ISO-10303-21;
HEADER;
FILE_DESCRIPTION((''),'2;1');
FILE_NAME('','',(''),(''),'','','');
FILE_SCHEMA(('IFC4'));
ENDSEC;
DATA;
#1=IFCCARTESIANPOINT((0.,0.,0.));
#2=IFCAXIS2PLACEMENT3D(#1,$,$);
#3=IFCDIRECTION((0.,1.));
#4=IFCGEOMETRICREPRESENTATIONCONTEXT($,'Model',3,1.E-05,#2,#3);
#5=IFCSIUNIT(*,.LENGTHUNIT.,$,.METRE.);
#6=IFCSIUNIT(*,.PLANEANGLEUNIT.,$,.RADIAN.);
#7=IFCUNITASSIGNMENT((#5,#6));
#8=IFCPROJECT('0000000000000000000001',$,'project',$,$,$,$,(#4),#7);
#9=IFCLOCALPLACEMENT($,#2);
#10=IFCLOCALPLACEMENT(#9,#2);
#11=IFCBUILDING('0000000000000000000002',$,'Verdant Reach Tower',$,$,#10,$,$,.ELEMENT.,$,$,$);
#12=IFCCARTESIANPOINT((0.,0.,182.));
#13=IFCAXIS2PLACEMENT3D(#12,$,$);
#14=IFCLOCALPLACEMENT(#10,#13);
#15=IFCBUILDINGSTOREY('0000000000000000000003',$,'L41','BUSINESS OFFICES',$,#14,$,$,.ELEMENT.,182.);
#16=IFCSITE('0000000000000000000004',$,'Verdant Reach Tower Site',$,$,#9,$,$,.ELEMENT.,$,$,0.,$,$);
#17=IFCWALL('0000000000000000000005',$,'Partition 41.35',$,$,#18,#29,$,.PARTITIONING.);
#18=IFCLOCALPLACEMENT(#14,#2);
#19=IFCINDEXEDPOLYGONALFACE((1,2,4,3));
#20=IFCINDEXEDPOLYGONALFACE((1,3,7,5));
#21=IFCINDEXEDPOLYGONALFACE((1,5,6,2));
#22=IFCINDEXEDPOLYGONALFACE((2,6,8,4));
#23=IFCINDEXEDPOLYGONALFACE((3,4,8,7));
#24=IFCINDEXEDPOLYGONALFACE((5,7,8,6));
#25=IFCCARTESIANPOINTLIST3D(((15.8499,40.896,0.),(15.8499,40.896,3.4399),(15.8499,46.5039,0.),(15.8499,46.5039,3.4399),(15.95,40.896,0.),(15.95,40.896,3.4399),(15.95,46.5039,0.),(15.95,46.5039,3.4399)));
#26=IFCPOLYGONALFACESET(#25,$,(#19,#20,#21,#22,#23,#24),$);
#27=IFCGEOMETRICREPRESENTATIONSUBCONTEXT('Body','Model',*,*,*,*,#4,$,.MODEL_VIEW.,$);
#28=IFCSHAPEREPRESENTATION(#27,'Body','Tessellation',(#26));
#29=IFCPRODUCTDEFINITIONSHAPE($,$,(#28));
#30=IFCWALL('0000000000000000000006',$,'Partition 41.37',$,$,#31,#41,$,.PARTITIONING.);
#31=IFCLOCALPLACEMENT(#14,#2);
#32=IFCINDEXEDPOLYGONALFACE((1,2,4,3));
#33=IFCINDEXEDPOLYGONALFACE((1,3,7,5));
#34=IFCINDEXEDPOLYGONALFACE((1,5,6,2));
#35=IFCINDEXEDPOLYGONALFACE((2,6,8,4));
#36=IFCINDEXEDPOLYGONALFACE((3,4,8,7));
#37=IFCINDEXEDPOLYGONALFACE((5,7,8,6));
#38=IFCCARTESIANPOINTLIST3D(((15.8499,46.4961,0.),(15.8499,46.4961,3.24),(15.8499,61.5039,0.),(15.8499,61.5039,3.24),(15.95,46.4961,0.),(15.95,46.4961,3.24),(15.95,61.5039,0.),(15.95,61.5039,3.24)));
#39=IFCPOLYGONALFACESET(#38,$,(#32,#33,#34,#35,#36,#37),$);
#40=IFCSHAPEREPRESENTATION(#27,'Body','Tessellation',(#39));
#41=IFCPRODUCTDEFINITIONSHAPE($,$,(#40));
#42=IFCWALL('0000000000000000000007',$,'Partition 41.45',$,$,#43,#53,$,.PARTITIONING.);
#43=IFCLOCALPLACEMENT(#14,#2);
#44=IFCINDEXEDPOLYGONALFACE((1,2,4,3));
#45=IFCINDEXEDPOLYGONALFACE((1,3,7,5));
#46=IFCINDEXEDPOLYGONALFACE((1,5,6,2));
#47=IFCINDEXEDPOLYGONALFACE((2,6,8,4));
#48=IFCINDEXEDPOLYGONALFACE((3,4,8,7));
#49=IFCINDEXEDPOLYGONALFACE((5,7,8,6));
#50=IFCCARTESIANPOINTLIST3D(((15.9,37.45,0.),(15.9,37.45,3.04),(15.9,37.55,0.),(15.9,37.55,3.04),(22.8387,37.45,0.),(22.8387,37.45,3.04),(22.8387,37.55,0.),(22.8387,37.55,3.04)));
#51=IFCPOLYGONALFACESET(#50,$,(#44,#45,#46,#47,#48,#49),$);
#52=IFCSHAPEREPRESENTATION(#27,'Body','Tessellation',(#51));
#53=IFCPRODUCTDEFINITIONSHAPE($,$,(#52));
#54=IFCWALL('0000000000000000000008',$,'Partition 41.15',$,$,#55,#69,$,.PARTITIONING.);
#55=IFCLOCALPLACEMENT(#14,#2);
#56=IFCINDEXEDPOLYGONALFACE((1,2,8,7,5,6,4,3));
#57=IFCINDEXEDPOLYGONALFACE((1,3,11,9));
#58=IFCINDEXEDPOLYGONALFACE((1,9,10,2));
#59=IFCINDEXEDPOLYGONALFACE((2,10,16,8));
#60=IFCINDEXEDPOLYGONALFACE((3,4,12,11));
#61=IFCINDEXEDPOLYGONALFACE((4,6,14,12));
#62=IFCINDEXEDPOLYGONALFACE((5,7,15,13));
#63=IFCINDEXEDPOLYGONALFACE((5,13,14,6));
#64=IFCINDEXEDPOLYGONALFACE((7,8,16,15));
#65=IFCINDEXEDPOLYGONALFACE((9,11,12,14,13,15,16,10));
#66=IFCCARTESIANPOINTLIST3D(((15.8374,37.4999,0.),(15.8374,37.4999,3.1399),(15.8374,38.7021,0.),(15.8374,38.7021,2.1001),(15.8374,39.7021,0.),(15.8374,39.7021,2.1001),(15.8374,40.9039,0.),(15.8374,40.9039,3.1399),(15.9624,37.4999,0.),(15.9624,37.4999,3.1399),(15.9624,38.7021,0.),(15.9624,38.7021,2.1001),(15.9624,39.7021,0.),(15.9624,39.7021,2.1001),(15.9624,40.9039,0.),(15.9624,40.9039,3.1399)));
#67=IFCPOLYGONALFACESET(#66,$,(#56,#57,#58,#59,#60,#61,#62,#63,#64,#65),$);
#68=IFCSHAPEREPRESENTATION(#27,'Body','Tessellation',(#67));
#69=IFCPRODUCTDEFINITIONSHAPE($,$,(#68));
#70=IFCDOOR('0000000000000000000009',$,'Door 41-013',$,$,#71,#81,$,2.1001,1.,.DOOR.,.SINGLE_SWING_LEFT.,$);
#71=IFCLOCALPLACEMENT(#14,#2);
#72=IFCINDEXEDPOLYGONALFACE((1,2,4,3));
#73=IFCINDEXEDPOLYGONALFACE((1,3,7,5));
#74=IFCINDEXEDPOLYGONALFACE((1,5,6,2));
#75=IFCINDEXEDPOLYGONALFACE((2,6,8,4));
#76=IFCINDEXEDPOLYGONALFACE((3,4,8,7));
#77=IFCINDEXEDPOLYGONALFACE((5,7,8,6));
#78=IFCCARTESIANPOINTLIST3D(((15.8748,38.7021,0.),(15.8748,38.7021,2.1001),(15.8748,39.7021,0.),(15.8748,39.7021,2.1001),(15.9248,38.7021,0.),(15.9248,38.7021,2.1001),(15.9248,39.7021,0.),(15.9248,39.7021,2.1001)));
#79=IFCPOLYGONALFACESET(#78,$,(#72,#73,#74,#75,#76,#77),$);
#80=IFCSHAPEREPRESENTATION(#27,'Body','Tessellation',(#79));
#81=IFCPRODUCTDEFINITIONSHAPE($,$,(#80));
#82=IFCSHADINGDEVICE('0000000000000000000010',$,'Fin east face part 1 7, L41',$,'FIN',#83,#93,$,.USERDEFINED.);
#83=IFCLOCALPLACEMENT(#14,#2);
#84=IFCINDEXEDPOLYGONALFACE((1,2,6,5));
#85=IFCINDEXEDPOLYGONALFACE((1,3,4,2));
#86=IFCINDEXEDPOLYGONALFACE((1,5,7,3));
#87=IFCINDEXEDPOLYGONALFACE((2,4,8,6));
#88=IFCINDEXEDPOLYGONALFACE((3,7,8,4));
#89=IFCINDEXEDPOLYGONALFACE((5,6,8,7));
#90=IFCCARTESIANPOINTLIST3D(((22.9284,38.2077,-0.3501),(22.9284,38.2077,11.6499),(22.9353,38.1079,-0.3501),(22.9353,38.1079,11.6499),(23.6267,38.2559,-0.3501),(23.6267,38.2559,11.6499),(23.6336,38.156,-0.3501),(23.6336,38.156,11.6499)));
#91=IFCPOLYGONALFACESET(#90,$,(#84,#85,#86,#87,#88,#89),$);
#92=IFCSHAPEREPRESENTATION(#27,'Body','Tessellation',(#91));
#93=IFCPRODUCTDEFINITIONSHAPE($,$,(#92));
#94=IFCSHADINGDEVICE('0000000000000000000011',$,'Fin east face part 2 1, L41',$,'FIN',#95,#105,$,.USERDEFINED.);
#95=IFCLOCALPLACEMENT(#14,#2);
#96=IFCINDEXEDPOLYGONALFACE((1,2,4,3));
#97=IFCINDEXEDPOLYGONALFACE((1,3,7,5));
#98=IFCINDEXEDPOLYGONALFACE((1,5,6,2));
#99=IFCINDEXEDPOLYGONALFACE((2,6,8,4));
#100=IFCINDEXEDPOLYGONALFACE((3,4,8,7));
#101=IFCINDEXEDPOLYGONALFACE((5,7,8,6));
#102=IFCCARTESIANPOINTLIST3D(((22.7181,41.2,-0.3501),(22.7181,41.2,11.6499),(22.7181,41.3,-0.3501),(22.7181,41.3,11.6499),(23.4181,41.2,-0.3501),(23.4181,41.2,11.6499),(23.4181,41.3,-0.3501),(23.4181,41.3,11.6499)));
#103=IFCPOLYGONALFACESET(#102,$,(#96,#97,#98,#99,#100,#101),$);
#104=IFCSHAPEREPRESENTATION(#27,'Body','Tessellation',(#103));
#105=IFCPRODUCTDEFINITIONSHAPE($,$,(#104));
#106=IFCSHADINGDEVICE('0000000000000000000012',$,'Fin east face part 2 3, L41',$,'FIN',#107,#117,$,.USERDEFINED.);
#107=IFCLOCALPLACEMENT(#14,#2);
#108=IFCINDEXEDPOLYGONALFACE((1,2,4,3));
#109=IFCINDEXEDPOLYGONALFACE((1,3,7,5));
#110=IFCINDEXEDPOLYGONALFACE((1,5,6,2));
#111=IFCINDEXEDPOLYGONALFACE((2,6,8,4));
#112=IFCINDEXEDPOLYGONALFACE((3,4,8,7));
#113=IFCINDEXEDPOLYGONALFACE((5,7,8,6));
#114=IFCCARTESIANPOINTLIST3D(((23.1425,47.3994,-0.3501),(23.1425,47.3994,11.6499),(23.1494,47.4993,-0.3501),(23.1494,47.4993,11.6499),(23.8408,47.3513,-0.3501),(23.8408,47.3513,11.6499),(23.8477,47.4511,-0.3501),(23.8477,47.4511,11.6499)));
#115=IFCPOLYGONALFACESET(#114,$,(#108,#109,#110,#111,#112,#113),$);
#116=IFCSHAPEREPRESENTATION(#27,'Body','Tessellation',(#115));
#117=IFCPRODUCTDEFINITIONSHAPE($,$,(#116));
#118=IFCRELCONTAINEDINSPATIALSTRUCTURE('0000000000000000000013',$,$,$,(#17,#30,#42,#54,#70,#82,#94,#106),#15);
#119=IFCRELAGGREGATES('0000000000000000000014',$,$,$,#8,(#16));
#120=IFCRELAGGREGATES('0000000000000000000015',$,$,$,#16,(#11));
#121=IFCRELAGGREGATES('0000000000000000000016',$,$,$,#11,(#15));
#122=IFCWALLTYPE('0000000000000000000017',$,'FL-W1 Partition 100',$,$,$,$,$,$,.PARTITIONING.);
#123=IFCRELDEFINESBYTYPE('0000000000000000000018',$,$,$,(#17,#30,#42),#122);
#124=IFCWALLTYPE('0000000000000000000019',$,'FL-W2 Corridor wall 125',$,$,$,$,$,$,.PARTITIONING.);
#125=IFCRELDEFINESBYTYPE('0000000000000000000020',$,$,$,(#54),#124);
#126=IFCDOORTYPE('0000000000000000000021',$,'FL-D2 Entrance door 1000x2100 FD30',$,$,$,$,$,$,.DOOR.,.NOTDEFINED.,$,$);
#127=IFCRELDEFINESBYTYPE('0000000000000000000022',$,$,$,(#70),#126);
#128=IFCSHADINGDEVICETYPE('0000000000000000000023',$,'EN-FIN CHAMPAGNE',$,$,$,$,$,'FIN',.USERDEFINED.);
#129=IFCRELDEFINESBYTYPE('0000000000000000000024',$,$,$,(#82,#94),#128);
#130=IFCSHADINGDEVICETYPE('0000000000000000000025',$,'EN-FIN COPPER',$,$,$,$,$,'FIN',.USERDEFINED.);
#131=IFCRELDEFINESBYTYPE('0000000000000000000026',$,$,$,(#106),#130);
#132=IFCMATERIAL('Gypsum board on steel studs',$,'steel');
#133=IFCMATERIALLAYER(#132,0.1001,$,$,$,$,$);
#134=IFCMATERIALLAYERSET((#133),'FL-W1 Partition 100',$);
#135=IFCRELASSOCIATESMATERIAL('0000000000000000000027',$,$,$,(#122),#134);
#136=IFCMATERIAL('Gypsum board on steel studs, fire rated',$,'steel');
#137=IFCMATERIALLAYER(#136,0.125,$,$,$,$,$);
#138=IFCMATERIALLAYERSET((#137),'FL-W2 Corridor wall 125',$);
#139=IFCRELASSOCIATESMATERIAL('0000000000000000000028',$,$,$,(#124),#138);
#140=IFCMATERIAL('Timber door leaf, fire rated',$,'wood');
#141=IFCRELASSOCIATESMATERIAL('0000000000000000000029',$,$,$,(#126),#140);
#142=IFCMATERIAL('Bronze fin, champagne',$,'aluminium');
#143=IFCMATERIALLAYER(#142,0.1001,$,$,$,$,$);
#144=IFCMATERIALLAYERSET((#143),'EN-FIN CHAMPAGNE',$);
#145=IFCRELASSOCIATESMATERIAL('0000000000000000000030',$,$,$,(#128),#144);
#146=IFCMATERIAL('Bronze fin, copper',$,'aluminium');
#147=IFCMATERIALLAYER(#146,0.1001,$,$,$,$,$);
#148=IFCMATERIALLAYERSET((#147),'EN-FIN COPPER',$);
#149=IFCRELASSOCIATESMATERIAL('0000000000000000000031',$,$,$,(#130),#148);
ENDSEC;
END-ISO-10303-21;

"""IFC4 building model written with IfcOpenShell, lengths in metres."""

from ifc_helpers import new_model, si_unit, direction, frame, frame_2d, origin, origin_2d, place, context, subcontext, project, spatial, rectangle, extrude, material, layer, layer_set, type_object, element, fill, save


model = new_model("IFC4")

# Units and contexts
model_context = context("Model", 3, precision=1e-05, world=origin(), true_north=direction((0.0, 1.0)))
body_context = subcontext(model_context, "Body", "Model", "MODEL_VIEW")
ifc_project = project(units=[si_unit("LENGTHUNIT", "METRE"), si_unit("PLANEANGLEUNIT", "RADIAN")], contexts=[model_context])

# Site, building, storey
site_placement = place(None, origin())
site = spatial("IfcSite", under=ifc_project, at=site_placement, Name="Verdant Reach Tower Site", CompositionType="ELEMENT", RefElevation=0.0)
building_placement = place(site_placement, origin())
building = spatial("IfcBuilding", under=site, at=building_placement, Name="Verdant Reach Tower", CompositionType="ELEMENT")
storey_placement = place(building_placement, frame((0.0, 0.0, 182.0)))
storey = spatial("IfcBuildingStorey", under=building, at=storey_placement, Name="L41", Description="BUSINESS OFFICES", CompositionType="ELEMENT", Elevation=182.0)

# Walls
ifc_material_1 = material(Name="Gypsum board on steel studs", Category="steel")
ifc_layer_1 = layer(ifc_material_1, 0.1001)
ifc_layer_set_1 = layer_set([ifc_layer_1], Name="FL-W1 Partition 100")
wall_type_1 = type_object("IfcWallType", Name="FL-W1 Partition 100", PredefinedType="PARTITIONING", material=ifc_layer_set_1)
wall_1_placement = place(storey_placement, frame((15.8999, 40.896, 0.0), z_axis=(0.0, 0.0, 1.0), x_axis=(0.0, 1.0, 0.0)))
element("IfcWall", 1, at=wall_1_placement, inside=storey, type_object=wall_type_1, Name="Partition 41.35", PredefinedType="PARTITIONING", context=body_context, shape_type="SweptSolid", body=[
    extrude(rectangle(XDim=5.6079, YDim=0.1001, at=frame_2d((2.804, 0.0))), origin(), (0.0, 0.0, 1.0), 3.4399),
])
wall_2_placement = place(storey_placement, frame((15.8999, 46.4961, 0.0), z_axis=(0.0, 0.0, 1.0), x_axis=(0.0, 1.0, 0.0)))
element("IfcWall", 2, at=wall_2_placement, inside=storey, type_object=wall_type_1, Name="Partition 41.37", PredefinedType="PARTITIONING", context=body_context, shape_type="SweptSolid", body=[
    extrude(rectangle(XDim=15.0078, YDim=0.1001, at=frame_2d((7.5039, 0.0))), origin(), (0.0, 0.0, 1.0), 3.24),
])
wall_3_placement = place(storey_placement, frame((22.8386, 37.5, 0.0), z_axis=(0.0, 0.0, 1.0), x_axis=(-1.0, 0.0, 0.0)))
element("IfcWall", 3, at=wall_3_placement, inside=storey, type_object=wall_type_1, Name="Partition 41.45", PredefinedType="PARTITIONING", context=body_context, shape_type="SweptSolid", body=[
    extrude(rectangle(XDim=6.9387, YDim=0.1001, at=frame_2d((3.4692, 0.0))), origin(), (0.0, 0.0, 1.0), 3.04),
])

# Wall, opening, door
ifc_material_2 = material(Name="Gypsum board on steel studs, fire rated", Category="steel")
ifc_layer_2 = layer(ifc_material_2, 0.125)
ifc_layer_set_2 = layer_set([ifc_layer_2], Name="FL-W2 Corridor wall 125")
wall_type_2 = type_object("IfcWallType", Name="FL-W2 Corridor wall 125", PredefinedType="PARTITIONING", material=ifc_layer_set_2)
wall_4_placement = place(storey_placement, frame((15.8999, 40.9041, 0.0), z_axis=(0.0, 0.0, 1.0), x_axis=(0.0, -1.0, 0.0)))
wall_4 = element("IfcWall", 4, at=wall_4_placement, inside=storey, type_object=wall_type_2, Name="Partition 41.15", PredefinedType="PARTITIONING", context=body_context, shape_type="SweptSolid", body=[
    extrude(rectangle(XDim=3.4041, YDim=0.125, at=frame_2d((1.7021, 0.0))), origin(), (0.0, 0.0, 1.0), 3.1399),
])
opening_placement = place(wall_4_placement, frame((1.2019, 0.0, 0.0)))
opening = element("IfcOpeningElement", 5, at=opening_placement, cuts=wall_4, PredefinedType="OPENING", context=body_context, shape_type="SweptSolid", body=[
    extrude(rectangle(XDim=1.0, YDim=2.1001, at=frame_2d((0.5, 1.05))), frame((0.0, 0.0725, 0.0), z_axis=(0.0, -1.0, 0.0), x_axis=(1.0, 0.0, 0.0)), (0.0, 0.0, 1.0), 0.145),
])
ifc_material_3 = material(Name="Timber door leaf, fire rated", Category="wood")
door_type = type_object("IfcDoorType", Name="FL-D2 Entrance door 1000x2100 FD30", OperationType="NOTDEFINED", PredefinedType="DOOR", material=ifc_material_3)
door_placement = place(opening_placement, origin())
door = element("IfcDoor", 6, at=door_placement, inside=storey, type_object=door_type, Name="Door 41-013", OperationType="SINGLE_SWING_LEFT", OverallHeight=2.1001, OverallWidth=1.0, PredefinedType="DOOR", context=body_context, shape_type="SweptSolid", body=[
    extrude(rectangle(XDim=1.0, YDim=2.1001, at=frame_2d((0.5, 1.05))), frame((0.0, 0.0249, 0.0), z_axis=(0.0, -1.0, 0.0), x_axis=(1.0, 0.0, 0.0)), (0.0, 0.0, 1.0), 0.05),
])
fill(opening, door)

# Shading devices
ifc_material_4 = material(Name="Bronze fin, champagne", Category="aluminium")
ifc_layer_3 = layer(ifc_material_4, 0.1001)
ifc_layer_set_3 = layer_set([ifc_layer_3], Name="EN-FIN CHAMPAGNE")
shading_device_type_1 = type_object("IfcShadingDeviceType", Name="EN-FIN CHAMPAGNE", ElementType="FIN", PredefinedType="USERDEFINED", material=ifc_layer_set_3)
for number, where, z_axis, x_axis, name in (
    (7, (23.281, 38.1819, -0.3501), (0.0, 0.0, 1.0), (-0.068802, 0.99763, 0.0), "Fin east face part 1 7, L41"),
    (8, (23.0681, 41.25, -0.3501), (0.0, 0.0, 1.0), (0.0, 1.0, 0.0), "Fin east face part 2 1, L41"),
):
    element("IfcShadingDevice", number, at=place(storey_placement, frame(where, z_axis=z_axis, x_axis=x_axis)), inside=storey, type_object=shading_device_type_1, Name=name, ObjectType="FIN", PredefinedType="USERDEFINED", context=body_context, shape_type="SweptSolid", body=[
        extrude(rectangle(XDim=0.1001, YDim=0.7, at=origin_2d()), origin(), (0.0, 0.0, 1.0), 12.0),
    ])
ifc_material_5 = material(Name="Bronze fin, copper", Category="aluminium")
ifc_layer_4 = layer(ifc_material_5, 0.1001)
ifc_layer_set_4 = layer_set([ifc_layer_4], Name="EN-FIN COPPER")
shading_device_type_2 = type_object("IfcShadingDeviceType", Name="EN-FIN COPPER", ElementType="FIN", PredefinedType="USERDEFINED", material=ifc_layer_set_4)
shading_device_placement = place(storey_placement, frame((23.4951, 47.4253, -0.3501), z_axis=(0.0, 0.0, 1.0), x_axis=(0.068802, 0.99763, 0.0)))
element("IfcShadingDevice", 9, at=shading_device_placement, inside=storey, type_object=shading_device_type_2, Name="Fin east face part 2 3, L41", ObjectType="FIN", PredefinedType="USERDEFINED", context=body_context, shape_type="SweptSolid", body=[
    extrude(rectangle(XDim=0.1001, YDim=0.7, at=origin_2d()), origin(), (0.0, 0.0, 1.0), 12.0),
])

save(model, "model.ifc")
